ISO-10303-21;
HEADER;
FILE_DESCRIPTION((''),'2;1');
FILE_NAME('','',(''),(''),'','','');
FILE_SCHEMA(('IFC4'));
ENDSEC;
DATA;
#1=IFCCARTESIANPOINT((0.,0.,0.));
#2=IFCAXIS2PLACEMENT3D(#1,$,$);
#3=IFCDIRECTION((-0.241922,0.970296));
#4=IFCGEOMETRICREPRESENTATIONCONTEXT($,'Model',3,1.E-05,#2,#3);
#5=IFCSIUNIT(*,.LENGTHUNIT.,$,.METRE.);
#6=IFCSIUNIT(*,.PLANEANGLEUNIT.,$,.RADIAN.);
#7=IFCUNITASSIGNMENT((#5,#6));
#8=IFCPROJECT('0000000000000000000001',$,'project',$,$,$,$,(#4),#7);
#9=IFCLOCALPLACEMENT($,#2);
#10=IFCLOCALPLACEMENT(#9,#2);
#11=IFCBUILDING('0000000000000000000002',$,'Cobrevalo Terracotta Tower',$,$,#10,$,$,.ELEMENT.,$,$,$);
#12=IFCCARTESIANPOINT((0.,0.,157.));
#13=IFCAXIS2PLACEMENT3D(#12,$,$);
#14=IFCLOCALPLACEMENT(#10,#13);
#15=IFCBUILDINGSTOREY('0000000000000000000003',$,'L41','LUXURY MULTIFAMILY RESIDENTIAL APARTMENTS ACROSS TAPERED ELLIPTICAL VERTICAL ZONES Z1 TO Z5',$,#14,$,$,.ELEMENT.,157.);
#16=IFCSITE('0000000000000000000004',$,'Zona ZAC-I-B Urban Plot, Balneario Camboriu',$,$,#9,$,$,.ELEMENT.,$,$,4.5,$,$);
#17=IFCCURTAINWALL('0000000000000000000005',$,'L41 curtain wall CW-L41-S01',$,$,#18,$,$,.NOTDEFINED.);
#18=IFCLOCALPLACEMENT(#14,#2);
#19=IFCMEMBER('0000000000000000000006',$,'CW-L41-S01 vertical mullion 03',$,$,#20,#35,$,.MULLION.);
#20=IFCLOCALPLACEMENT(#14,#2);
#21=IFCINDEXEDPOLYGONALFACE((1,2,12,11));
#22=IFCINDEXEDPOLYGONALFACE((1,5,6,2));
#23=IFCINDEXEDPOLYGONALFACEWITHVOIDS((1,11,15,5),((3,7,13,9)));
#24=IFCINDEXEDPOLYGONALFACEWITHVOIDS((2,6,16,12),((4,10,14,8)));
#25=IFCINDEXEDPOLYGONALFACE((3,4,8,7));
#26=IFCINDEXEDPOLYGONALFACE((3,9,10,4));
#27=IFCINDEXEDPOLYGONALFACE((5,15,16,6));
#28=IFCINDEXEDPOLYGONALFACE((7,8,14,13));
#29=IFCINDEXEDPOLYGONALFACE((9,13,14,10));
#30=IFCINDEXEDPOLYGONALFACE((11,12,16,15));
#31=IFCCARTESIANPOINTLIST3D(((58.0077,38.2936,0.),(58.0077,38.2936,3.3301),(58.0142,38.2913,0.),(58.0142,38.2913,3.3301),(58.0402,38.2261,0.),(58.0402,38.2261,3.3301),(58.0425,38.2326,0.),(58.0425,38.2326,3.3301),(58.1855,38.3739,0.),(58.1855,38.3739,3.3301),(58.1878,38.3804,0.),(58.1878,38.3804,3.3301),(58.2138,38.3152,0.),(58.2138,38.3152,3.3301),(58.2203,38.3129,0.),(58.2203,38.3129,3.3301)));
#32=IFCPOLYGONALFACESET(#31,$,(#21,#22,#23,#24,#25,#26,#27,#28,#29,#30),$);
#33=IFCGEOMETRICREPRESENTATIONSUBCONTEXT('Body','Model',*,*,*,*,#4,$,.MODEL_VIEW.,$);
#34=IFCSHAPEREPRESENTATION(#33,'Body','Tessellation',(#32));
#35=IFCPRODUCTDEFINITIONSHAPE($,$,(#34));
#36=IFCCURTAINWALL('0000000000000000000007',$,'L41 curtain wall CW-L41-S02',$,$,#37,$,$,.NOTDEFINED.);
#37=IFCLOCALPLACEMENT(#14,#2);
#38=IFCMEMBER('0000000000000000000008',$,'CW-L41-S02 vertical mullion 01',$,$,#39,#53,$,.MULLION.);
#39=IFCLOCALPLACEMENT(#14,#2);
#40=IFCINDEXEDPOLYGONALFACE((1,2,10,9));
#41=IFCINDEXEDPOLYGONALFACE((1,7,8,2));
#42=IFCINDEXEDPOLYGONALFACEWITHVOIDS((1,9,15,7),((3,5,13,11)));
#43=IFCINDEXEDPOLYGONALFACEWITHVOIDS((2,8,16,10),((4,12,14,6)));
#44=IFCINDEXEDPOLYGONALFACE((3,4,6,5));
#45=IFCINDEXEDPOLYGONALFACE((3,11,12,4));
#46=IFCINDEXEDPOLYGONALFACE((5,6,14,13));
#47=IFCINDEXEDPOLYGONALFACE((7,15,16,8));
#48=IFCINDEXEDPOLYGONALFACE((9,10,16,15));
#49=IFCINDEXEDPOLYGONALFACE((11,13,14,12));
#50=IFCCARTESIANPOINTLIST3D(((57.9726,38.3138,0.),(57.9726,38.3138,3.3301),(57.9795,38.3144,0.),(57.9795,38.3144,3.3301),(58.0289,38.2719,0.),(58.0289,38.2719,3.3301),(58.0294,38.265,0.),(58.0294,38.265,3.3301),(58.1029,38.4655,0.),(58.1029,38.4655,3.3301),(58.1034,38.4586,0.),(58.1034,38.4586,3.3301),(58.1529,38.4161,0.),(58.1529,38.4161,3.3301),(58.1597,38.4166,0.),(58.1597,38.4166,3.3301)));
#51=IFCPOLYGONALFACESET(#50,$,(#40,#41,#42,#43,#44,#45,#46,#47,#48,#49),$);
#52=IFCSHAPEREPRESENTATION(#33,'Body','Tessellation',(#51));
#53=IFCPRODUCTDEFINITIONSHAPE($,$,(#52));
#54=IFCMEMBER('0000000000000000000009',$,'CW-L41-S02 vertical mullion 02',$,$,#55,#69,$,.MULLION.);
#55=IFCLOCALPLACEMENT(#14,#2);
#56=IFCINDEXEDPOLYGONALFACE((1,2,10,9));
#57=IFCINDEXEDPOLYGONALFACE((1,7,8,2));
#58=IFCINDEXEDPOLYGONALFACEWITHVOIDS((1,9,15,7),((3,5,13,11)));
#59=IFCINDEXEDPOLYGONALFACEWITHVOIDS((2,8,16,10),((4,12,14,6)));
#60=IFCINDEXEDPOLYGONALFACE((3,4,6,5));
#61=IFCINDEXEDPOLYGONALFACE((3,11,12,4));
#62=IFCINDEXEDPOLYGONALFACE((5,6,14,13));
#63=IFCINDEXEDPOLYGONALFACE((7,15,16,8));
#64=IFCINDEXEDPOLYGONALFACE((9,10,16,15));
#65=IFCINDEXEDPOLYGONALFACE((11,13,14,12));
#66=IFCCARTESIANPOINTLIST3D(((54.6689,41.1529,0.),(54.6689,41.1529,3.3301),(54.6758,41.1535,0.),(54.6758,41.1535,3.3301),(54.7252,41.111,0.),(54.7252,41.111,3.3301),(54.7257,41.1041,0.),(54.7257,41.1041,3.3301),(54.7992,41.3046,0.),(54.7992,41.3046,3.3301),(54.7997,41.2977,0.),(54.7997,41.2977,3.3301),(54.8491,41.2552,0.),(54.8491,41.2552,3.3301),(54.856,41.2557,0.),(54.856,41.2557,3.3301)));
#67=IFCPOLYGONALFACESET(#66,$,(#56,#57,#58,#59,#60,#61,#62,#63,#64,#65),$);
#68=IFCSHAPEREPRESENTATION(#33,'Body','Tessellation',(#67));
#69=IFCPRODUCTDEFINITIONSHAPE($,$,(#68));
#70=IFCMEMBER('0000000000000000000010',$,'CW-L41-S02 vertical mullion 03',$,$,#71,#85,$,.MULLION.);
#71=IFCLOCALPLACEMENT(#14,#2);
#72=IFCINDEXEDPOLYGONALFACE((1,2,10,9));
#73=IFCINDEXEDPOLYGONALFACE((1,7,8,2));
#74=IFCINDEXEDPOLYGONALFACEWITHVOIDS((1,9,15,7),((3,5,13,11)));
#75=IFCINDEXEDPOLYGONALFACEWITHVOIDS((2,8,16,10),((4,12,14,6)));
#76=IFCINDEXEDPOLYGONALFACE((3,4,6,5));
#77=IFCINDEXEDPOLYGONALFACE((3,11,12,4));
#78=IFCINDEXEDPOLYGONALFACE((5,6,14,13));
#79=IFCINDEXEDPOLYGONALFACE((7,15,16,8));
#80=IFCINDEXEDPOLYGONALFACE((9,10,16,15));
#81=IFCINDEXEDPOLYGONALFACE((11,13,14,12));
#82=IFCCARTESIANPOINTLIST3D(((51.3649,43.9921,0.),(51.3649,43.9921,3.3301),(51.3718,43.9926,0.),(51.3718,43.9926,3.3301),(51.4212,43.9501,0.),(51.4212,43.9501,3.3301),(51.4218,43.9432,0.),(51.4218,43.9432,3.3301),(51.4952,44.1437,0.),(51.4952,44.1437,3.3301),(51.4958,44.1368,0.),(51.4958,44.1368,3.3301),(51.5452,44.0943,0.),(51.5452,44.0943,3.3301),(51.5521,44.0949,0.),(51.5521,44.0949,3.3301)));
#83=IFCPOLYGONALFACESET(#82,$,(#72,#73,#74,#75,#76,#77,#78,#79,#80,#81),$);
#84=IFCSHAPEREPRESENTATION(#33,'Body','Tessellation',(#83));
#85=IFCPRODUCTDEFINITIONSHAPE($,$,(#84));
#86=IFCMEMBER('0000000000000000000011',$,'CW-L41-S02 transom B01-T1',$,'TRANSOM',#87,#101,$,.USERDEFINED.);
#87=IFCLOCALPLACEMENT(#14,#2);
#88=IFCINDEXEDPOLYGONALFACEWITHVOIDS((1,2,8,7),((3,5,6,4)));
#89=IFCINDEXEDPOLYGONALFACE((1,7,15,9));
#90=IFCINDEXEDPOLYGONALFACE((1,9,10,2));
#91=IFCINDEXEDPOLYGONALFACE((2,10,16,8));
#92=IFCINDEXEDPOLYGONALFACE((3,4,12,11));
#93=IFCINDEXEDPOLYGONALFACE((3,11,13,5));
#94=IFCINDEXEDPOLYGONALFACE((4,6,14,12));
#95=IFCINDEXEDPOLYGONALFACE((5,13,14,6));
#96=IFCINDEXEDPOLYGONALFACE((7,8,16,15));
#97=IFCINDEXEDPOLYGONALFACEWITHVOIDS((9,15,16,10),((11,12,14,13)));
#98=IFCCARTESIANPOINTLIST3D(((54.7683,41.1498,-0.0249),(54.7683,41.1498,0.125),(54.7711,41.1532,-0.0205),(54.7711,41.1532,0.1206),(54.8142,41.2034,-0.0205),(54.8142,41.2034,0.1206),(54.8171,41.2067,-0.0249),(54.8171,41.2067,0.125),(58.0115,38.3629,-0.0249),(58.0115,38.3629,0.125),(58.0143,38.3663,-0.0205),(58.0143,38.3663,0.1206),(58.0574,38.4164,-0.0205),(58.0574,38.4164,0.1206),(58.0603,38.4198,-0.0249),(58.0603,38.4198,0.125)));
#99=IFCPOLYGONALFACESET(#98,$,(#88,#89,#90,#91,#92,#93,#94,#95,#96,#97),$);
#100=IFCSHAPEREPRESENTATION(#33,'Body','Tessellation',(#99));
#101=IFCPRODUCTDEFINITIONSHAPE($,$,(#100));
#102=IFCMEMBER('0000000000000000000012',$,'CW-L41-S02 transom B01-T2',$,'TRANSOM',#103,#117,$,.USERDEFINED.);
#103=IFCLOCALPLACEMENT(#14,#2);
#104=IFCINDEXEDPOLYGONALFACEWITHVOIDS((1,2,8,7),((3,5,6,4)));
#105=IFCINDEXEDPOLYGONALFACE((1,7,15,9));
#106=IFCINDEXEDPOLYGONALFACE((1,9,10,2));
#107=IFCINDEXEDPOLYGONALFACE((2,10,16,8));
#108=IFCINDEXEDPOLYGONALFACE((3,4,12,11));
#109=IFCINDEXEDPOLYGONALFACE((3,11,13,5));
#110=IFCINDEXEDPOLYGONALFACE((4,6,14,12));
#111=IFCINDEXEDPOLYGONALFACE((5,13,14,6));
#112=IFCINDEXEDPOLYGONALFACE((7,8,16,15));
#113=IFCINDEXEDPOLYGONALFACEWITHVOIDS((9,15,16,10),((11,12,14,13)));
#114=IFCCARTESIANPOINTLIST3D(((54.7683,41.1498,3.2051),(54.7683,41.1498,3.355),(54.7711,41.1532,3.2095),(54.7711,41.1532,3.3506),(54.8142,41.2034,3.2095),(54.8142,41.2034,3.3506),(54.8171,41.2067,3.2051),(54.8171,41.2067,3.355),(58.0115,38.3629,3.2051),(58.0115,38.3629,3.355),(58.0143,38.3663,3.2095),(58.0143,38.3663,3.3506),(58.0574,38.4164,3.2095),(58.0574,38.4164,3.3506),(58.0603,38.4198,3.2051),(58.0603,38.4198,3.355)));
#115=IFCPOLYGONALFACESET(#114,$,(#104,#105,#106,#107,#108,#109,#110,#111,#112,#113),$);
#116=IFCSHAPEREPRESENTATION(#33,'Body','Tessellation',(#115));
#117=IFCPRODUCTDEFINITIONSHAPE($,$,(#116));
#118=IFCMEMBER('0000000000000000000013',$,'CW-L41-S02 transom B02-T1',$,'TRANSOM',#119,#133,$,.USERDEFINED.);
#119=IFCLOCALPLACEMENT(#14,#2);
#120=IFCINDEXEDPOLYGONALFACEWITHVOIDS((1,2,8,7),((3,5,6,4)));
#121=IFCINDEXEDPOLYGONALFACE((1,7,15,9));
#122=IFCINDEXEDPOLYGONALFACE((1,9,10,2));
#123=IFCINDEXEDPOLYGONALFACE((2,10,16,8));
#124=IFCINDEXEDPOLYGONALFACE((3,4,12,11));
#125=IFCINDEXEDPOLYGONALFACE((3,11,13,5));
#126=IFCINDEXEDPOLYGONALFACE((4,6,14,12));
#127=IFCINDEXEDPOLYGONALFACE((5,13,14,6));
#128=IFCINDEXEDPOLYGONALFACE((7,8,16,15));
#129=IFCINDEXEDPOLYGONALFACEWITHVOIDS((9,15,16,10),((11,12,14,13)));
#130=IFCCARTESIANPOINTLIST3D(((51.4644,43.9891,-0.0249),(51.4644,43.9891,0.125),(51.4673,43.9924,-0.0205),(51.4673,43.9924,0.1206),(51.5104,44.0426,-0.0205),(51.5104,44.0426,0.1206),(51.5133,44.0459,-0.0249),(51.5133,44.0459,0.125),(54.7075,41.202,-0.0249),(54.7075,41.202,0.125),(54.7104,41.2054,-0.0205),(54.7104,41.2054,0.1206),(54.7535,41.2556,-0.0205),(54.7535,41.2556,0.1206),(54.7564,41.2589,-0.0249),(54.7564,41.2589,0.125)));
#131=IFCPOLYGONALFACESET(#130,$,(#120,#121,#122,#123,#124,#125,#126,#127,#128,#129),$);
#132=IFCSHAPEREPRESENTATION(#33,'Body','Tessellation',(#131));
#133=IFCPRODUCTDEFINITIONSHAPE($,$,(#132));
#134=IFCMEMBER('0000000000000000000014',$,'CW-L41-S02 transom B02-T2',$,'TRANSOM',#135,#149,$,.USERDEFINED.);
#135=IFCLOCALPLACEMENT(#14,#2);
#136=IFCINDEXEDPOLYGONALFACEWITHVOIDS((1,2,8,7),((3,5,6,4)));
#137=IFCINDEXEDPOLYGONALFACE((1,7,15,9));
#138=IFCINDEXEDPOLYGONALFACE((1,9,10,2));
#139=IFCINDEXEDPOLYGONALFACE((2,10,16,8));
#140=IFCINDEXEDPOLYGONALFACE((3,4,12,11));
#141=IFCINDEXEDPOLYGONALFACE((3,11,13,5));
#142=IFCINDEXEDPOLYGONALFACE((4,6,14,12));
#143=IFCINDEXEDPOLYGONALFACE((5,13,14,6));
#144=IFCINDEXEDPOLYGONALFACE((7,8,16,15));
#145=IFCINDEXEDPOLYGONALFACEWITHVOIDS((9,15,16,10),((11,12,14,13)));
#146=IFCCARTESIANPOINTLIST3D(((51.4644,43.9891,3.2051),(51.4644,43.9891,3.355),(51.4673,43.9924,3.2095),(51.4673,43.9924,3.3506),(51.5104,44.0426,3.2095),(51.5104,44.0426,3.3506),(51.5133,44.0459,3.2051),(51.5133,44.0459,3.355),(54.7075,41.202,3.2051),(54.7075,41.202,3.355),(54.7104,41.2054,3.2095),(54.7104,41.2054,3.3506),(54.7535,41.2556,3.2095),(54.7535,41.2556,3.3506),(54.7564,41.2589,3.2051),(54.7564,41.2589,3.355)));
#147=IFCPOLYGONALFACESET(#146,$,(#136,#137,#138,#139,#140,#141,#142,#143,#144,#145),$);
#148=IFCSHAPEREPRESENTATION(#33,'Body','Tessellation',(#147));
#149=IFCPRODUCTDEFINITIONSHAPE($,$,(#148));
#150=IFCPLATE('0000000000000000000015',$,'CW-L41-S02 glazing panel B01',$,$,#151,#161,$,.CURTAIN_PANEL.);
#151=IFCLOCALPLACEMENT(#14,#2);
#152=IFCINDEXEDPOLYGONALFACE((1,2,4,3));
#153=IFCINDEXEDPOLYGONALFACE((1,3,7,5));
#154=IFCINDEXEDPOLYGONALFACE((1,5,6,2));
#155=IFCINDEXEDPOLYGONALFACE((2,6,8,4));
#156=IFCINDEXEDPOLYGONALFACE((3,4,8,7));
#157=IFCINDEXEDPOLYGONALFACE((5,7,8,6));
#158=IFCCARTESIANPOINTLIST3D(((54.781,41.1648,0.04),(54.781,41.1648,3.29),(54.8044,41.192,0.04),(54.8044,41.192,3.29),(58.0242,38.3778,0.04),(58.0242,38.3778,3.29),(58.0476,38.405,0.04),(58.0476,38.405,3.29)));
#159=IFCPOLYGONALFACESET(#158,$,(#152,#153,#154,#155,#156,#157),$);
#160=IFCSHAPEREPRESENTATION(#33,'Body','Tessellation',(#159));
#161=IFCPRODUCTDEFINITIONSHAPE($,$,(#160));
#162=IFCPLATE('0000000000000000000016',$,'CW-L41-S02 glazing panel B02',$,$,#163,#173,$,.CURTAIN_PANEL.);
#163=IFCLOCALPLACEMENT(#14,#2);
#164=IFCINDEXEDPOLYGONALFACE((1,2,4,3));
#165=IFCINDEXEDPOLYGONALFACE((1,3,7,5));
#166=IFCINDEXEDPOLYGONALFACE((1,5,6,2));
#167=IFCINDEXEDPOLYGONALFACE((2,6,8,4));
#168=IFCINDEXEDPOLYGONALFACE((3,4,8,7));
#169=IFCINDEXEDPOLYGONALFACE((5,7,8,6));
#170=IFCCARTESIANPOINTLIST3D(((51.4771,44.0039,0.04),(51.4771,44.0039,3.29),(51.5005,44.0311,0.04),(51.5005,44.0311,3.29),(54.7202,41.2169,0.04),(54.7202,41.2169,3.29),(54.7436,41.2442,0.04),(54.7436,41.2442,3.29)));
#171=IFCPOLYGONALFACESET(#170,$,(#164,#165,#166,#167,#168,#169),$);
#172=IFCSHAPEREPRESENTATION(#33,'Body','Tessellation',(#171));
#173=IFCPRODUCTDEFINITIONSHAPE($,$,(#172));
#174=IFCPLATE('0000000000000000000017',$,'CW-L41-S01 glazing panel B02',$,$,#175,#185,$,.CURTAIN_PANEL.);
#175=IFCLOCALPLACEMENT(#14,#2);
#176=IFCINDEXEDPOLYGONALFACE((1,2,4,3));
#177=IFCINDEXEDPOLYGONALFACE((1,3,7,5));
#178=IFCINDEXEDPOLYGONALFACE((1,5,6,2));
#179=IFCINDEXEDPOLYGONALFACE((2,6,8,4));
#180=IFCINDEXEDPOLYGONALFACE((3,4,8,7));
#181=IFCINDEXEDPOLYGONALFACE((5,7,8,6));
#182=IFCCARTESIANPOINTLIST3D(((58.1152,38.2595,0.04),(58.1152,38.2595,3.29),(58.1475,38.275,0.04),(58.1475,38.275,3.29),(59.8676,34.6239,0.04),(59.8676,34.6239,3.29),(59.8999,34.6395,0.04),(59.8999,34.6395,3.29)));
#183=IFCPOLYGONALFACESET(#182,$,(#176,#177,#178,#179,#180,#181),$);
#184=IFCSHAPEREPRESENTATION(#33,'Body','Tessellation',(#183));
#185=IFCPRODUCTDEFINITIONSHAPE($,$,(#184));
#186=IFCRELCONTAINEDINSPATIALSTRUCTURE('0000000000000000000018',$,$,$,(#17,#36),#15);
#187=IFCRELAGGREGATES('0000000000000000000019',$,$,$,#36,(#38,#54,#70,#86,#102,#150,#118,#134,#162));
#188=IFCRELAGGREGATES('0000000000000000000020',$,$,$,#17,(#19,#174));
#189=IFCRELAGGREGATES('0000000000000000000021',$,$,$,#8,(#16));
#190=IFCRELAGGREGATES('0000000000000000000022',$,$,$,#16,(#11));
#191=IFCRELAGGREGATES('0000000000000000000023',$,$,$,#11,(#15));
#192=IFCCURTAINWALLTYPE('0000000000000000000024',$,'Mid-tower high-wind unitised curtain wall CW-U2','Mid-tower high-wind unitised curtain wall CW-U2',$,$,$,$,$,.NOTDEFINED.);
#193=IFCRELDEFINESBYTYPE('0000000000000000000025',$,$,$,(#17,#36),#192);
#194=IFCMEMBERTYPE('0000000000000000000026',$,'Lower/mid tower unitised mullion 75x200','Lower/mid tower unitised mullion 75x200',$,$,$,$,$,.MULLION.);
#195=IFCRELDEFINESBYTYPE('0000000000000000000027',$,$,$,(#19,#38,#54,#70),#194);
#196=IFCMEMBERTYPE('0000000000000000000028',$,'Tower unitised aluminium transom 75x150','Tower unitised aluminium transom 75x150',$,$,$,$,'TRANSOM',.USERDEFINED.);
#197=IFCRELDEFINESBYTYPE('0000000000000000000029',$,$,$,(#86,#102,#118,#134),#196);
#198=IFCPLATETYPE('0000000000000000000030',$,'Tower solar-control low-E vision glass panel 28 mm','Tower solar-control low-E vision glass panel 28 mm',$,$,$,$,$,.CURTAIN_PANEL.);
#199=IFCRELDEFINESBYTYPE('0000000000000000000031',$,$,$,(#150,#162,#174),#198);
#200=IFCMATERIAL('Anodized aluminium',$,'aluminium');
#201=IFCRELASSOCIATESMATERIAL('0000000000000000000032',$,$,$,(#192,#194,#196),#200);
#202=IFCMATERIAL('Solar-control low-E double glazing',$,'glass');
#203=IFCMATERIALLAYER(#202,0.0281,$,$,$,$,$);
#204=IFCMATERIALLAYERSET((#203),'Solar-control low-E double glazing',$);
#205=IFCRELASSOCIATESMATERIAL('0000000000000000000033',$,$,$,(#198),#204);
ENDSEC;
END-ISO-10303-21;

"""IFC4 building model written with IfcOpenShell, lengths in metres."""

from ifc_helpers import new_model, si_unit, direction, frame, origin, origin_2d, place, context, subcontext, project, spatial, rectangle, hollow_rectangle, extrude, source, transform, mapped, material, layer, layer_set, material_profile, profile_set, type_object, element, aggregate, save


model = new_model("IFC4")

# Units and contexts
model_context = context("Model", 3, precision=1e-05, world=origin(), true_north=direction((-0.241922, 0.970296)))
body_context = subcontext(model_context, "Body", "Model", "MODEL_VIEW")
ifc_project = project(units=[si_unit("LENGTHUNIT", "METRE"), si_unit("PLANEANGLEUNIT", "RADIAN")], contexts=[model_context])

# Site, building, storey
site_placement = place(None, origin())
site = spatial("IfcSite", under=ifc_project, at=site_placement, Name="Zona ZAC-I-B Urban Plot, Balneario Camboriu", CompositionType="ELEMENT", RefElevation=4.5)
building_placement = place(site_placement, origin())
building = spatial("IfcBuilding", under=site, at=building_placement, Name="Cobrevalo Terracotta Tower", CompositionType="ELEMENT")
storey_placement = place(building_placement, frame((0.0, 0.0, 157.0)))
storey = spatial("IfcBuildingStorey", under=building, at=storey_placement, Name="L41", Description="LUXURY MULTIFAMILY RESIDENTIAL APARTMENTS ACROSS TAPERED ELLIPTICAL VERTICAL ZONES Z1 TO Z5", CompositionType="ELEMENT", Elevation=157.0)

# Curtain wall, member
ifc_material_1 = material(Name="Anodized aluminium", Category="aluminium")
curtain_wall_type = type_object("IfcCurtainWallType", Name="Mid-tower high-wind unitised curtain wall CW-U2", Description="Mid-tower high-wind unitised curtain wall CW-U2", PredefinedType="NOTDEFINED", material=ifc_material_1)
curtain_wall_1_placement = place(storey_placement, origin())
curtain_wall_1 = element("IfcCurtainWall", 1, at=curtain_wall_1_placement, inside=storey, type_object=curtain_wall_type, Name="L41 curtain wall CW-L41-S01", PredefinedType="NOTDEFINED")
ifc_material_profile_1 = material_profile(ifc_material_1, hollow_rectangle(XDim=0.075, YDim=0.2, WallThickness=0.0049, at=origin_2d()), Name="CWM 75x200")
ifc_profile_set_1 = profile_set([ifc_material_profile_1], Name="Anodized aluminium")
member_type_1 = type_object("IfcMemberType", Name="Lower/mid tower unitised mullion 75x200", Description="Lower/mid tower unitised mullion 75x200", PredefinedType="MULLION", material=ifc_profile_set_1)
shared_shape_1 = source(origin(), body_context, "Body", "SweptSolid", [
    extrude(hollow_rectangle(XDim=0.075, YDim=0.2, WallThickness=0.0049, at=origin_2d()), origin(), (0.0, 0.0, 1.0), 3.3301),
])
member_1_placement = place(storey_placement, frame((58.114, 38.3032, 0.0), z_axis=(0.0, 0.0, 1.0), x_axis=(-0.434209, 0.900812, 0.0)))
member_1 = element("IfcMember", 2, at=member_1_placement, type_object=member_type_1, Name="CW-L41-S01 vertical mullion 03", PredefinedType="MULLION", context=body_context, shape_type="MappedRepresentation", body=[
    mapped(shared_shape_1, transform((0.0, 0.0, 0.0), scale=1.0)),
])

# Curtain wall, members, plates
curtain_wall_2_placement = place(storey_placement, origin())
curtain_wall_2 = element("IfcCurtainWall", 3, at=curtain_wall_2_placement, inside=storey, type_object=curtain_wall_type, Name="L41 curtain wall CW-L41-S02", PredefinedType="NOTDEFINED")
member_2_placement = place(storey_placement, frame((58.0662, 38.3652, 0.0), z_axis=(0.0, 0.0, 1.0), x_axis=(-0.758442, 0.651741, 0.0)))
member_2 = element("IfcMember", 4, at=member_2_placement, type_object=member_type_1, Name="CW-L41-S02 vertical mullion 01", PredefinedType="MULLION", context=body_context, shape_type="MappedRepresentation", body=[
    mapped(shared_shape_1, transform((0.0, 0.0, 0.0), scale=1.0)),
])
member_3_placement = place(storey_placement, frame((54.7625, 41.2043, 0.0), z_axis=(0.0, 0.0, 1.0), x_axis=(-0.758442, 0.651741, 0.0)))
member_3 = element("IfcMember", 5, at=member_3_placement, type_object=member_type_1, Name="CW-L41-S02 vertical mullion 02", PredefinedType="MULLION", context=body_context, shape_type="MappedRepresentation", body=[
    mapped(shared_shape_1, transform((0.0, 0.0, 0.0), scale=1.0)),
])
member_4_placement = place(storey_placement, frame((51.4585, 44.0435, 0.0), z_axis=(0.0, 0.0, 1.0), x_axis=(-0.758442, 0.651741, 0.0)))
member_4 = element("IfcMember", 6, at=member_4_placement, type_object=member_type_1, Name="CW-L41-S02 vertical mullion 03", PredefinedType="MULLION", context=body_context, shape_type="MappedRepresentation", body=[
    mapped(shared_shape_1, transform((0.0, 0.0, 0.0), scale=1.0)),
])
ifc_material_profile_2 = material_profile(ifc_material_1, hollow_rectangle(XDim=0.075, YDim=0.1499, WallThickness=0.0044, at=origin_2d()), Name="CWT 75x150")
ifc_profile_set_2 = profile_set([ifc_material_profile_2], Name="Anodized aluminium")
member_type_2 = type_object("IfcMemberType", Name="Tower unitised aluminium transom 75x150", Description="Tower unitised aluminium transom 75x150", ElementType="TRANSOM", PredefinedType="USERDEFINED", material=ifc_profile_set_2)
shared_shape_2 = source(origin(), body_context, "Body", "SweptSolid", [
    extrude(hollow_rectangle(XDim=0.075, YDim=0.1499, WallThickness=0.0044, at=origin_2d()), origin(), (0.0, 0.0, 1.0), 4.2761),
])
member_5_placement = place(storey_placement, frame((58.0359, 38.3914, 0.05), z_axis=(-0.758446, 0.651736, 0.0), x_axis=(-0.651736, -0.758446, 0.0)))
member_5 = element("IfcMember", 7, at=member_5_placement, type_object=member_type_2, Name="CW-L41-S02 transom B01-T1", ObjectType="TRANSOM", PredefinedType="USERDEFINED", context=body_context, shape_type="MappedRepresentation", body=[
    mapped(shared_shape_2, transform((0.0, 0.0, 0.0), scale=1.0)),
])
member_6_placement = place(storey_placement, frame((58.0359, 38.3914, 3.28), z_axis=(-0.758446, 0.651736, 0.0), x_axis=(-0.651736, -0.758446, 0.0)))
member_6 = element("IfcMember", 8, at=member_6_placement, type_object=member_type_2, Name="CW-L41-S02 transom B01-T2", ObjectType="TRANSOM", PredefinedType="USERDEFINED", context=body_context, shape_type="MappedRepresentation", body=[
    mapped(shared_shape_2, transform((0.0, 0.0, 0.0), scale=1.0)),
])
member_7_placement = place(storey_placement, frame((54.7319, 41.2305, 0.05), z_axis=(-0.758418, 0.651769, 0.0), x_axis=(-0.651769, -0.758418, 0.0)))
member_7 = element("IfcMember", 9, at=member_7_placement, type_object=member_type_2, Name="CW-L41-S02 transom B02-T1", ObjectType="TRANSOM", PredefinedType="USERDEFINED", context=body_context, shape_type="MappedRepresentation", body=[
    mapped(shared_shape_2, transform((0.0, 0.0, 0.0), scale=1.0)),
])
member_8_placement = place(storey_placement, frame((54.7319, 41.2305, 3.28), z_axis=(-0.758418, 0.651769, 0.0), x_axis=(-0.651769, -0.758418, 0.0)))
member_8 = element("IfcMember", 10, at=member_8_placement, type_object=member_type_2, Name="CW-L41-S02 transom B02-T2", ObjectType="TRANSOM", PredefinedType="USERDEFINED", context=body_context, shape_type="MappedRepresentation", body=[
    mapped(shared_shape_2, transform((0.0, 0.0, 0.0), scale=1.0)),
])
ifc_material_2 = material(Name="Solar-control low-E double glazing", Category="glass")
ifc_layer_1 = layer(ifc_material_2, 0.0281)
ifc_layer_set_1 = layer_set([ifc_layer_1], Name="Solar-control low-E double glazing")
plate_type = type_object("IfcPlateType", Name="Tower solar-control low-E vision glass panel 28 mm", Description="Tower solar-control low-E vision glass panel 28 mm", PredefinedType="CURTAIN_PANEL", material=ifc_layer_set_1)
shared_shape_3 = source(origin(), body_context, "Body", "SweptSolid", [
    extrude(rectangle(XDim=4.2761, YDim=0.0359, at=origin_2d()), origin(), (0.0, 0.0, 1.0), 3.25),
])
plate_1_placement = place(storey_placement, frame((56.4143, 39.7849, 0.04), z_axis=(0.0, 0.0, 1.0), x_axis=(-0.758437, 0.651746, 0.0)))
plate_1 = element("IfcPlate", 11, at=plate_1_placement, type_object=plate_type, Name="CW-L41-S02 glazing panel B01", PredefinedType="CURTAIN_PANEL", context=body_context, shape_type="MappedRepresentation", body=[
    mapped(shared_shape_3, transform((0.0, 0.0, 0.0), scale=1.0)),
])
plate_2_placement = place(storey_placement, frame((53.1104, 42.624, 0.04), z_axis=(0.0, 0.0, 1.0), x_axis=(-0.758437, 0.651746, 0.0)))
plate_2 = element("IfcPlate", 12, at=plate_2_placement, type_object=plate_type, Name="CW-L41-S02 glazing panel B02", PredefinedType="CURTAIN_PANEL", context=body_context, shape_type="MappedRepresentation", body=[
    mapped(shared_shape_3, transform((0.0, 0.0, 0.0), scale=1.0)),
])
aggregate(curtain_wall_2, [member_2, member_3, member_4, member_5, member_6, plate_1, member_7, member_8, plate_2])

# Plate
shared_shape_4 = source(origin(), body_context, "Body", "SweptSolid", [
    extrude(rectangle(XDim=4.0359, YDim=0.0359, at=origin_2d()), origin(), (0.0, 0.0, 1.0), 3.25),
])
plate_3_placement = place(storey_placement, frame((59.0076, 36.4495, 0.04), z_axis=(0.0, 0.0, 1.0), x_axis=(-0.434209, 0.900812, 0.0)))
plate_3 = element("IfcPlate", 13, at=plate_3_placement, type_object=plate_type, Name="CW-L41-S01 glazing panel B02", PredefinedType="CURTAIN_PANEL", context=body_context, shape_type="MappedRepresentation", body=[
    mapped(shared_shape_4, transform((0.0, 0.0, 0.0), scale=1.0)),
])
aggregate(curtain_wall_1, [member_1, plate_3])

save(model, "model.ifc")
